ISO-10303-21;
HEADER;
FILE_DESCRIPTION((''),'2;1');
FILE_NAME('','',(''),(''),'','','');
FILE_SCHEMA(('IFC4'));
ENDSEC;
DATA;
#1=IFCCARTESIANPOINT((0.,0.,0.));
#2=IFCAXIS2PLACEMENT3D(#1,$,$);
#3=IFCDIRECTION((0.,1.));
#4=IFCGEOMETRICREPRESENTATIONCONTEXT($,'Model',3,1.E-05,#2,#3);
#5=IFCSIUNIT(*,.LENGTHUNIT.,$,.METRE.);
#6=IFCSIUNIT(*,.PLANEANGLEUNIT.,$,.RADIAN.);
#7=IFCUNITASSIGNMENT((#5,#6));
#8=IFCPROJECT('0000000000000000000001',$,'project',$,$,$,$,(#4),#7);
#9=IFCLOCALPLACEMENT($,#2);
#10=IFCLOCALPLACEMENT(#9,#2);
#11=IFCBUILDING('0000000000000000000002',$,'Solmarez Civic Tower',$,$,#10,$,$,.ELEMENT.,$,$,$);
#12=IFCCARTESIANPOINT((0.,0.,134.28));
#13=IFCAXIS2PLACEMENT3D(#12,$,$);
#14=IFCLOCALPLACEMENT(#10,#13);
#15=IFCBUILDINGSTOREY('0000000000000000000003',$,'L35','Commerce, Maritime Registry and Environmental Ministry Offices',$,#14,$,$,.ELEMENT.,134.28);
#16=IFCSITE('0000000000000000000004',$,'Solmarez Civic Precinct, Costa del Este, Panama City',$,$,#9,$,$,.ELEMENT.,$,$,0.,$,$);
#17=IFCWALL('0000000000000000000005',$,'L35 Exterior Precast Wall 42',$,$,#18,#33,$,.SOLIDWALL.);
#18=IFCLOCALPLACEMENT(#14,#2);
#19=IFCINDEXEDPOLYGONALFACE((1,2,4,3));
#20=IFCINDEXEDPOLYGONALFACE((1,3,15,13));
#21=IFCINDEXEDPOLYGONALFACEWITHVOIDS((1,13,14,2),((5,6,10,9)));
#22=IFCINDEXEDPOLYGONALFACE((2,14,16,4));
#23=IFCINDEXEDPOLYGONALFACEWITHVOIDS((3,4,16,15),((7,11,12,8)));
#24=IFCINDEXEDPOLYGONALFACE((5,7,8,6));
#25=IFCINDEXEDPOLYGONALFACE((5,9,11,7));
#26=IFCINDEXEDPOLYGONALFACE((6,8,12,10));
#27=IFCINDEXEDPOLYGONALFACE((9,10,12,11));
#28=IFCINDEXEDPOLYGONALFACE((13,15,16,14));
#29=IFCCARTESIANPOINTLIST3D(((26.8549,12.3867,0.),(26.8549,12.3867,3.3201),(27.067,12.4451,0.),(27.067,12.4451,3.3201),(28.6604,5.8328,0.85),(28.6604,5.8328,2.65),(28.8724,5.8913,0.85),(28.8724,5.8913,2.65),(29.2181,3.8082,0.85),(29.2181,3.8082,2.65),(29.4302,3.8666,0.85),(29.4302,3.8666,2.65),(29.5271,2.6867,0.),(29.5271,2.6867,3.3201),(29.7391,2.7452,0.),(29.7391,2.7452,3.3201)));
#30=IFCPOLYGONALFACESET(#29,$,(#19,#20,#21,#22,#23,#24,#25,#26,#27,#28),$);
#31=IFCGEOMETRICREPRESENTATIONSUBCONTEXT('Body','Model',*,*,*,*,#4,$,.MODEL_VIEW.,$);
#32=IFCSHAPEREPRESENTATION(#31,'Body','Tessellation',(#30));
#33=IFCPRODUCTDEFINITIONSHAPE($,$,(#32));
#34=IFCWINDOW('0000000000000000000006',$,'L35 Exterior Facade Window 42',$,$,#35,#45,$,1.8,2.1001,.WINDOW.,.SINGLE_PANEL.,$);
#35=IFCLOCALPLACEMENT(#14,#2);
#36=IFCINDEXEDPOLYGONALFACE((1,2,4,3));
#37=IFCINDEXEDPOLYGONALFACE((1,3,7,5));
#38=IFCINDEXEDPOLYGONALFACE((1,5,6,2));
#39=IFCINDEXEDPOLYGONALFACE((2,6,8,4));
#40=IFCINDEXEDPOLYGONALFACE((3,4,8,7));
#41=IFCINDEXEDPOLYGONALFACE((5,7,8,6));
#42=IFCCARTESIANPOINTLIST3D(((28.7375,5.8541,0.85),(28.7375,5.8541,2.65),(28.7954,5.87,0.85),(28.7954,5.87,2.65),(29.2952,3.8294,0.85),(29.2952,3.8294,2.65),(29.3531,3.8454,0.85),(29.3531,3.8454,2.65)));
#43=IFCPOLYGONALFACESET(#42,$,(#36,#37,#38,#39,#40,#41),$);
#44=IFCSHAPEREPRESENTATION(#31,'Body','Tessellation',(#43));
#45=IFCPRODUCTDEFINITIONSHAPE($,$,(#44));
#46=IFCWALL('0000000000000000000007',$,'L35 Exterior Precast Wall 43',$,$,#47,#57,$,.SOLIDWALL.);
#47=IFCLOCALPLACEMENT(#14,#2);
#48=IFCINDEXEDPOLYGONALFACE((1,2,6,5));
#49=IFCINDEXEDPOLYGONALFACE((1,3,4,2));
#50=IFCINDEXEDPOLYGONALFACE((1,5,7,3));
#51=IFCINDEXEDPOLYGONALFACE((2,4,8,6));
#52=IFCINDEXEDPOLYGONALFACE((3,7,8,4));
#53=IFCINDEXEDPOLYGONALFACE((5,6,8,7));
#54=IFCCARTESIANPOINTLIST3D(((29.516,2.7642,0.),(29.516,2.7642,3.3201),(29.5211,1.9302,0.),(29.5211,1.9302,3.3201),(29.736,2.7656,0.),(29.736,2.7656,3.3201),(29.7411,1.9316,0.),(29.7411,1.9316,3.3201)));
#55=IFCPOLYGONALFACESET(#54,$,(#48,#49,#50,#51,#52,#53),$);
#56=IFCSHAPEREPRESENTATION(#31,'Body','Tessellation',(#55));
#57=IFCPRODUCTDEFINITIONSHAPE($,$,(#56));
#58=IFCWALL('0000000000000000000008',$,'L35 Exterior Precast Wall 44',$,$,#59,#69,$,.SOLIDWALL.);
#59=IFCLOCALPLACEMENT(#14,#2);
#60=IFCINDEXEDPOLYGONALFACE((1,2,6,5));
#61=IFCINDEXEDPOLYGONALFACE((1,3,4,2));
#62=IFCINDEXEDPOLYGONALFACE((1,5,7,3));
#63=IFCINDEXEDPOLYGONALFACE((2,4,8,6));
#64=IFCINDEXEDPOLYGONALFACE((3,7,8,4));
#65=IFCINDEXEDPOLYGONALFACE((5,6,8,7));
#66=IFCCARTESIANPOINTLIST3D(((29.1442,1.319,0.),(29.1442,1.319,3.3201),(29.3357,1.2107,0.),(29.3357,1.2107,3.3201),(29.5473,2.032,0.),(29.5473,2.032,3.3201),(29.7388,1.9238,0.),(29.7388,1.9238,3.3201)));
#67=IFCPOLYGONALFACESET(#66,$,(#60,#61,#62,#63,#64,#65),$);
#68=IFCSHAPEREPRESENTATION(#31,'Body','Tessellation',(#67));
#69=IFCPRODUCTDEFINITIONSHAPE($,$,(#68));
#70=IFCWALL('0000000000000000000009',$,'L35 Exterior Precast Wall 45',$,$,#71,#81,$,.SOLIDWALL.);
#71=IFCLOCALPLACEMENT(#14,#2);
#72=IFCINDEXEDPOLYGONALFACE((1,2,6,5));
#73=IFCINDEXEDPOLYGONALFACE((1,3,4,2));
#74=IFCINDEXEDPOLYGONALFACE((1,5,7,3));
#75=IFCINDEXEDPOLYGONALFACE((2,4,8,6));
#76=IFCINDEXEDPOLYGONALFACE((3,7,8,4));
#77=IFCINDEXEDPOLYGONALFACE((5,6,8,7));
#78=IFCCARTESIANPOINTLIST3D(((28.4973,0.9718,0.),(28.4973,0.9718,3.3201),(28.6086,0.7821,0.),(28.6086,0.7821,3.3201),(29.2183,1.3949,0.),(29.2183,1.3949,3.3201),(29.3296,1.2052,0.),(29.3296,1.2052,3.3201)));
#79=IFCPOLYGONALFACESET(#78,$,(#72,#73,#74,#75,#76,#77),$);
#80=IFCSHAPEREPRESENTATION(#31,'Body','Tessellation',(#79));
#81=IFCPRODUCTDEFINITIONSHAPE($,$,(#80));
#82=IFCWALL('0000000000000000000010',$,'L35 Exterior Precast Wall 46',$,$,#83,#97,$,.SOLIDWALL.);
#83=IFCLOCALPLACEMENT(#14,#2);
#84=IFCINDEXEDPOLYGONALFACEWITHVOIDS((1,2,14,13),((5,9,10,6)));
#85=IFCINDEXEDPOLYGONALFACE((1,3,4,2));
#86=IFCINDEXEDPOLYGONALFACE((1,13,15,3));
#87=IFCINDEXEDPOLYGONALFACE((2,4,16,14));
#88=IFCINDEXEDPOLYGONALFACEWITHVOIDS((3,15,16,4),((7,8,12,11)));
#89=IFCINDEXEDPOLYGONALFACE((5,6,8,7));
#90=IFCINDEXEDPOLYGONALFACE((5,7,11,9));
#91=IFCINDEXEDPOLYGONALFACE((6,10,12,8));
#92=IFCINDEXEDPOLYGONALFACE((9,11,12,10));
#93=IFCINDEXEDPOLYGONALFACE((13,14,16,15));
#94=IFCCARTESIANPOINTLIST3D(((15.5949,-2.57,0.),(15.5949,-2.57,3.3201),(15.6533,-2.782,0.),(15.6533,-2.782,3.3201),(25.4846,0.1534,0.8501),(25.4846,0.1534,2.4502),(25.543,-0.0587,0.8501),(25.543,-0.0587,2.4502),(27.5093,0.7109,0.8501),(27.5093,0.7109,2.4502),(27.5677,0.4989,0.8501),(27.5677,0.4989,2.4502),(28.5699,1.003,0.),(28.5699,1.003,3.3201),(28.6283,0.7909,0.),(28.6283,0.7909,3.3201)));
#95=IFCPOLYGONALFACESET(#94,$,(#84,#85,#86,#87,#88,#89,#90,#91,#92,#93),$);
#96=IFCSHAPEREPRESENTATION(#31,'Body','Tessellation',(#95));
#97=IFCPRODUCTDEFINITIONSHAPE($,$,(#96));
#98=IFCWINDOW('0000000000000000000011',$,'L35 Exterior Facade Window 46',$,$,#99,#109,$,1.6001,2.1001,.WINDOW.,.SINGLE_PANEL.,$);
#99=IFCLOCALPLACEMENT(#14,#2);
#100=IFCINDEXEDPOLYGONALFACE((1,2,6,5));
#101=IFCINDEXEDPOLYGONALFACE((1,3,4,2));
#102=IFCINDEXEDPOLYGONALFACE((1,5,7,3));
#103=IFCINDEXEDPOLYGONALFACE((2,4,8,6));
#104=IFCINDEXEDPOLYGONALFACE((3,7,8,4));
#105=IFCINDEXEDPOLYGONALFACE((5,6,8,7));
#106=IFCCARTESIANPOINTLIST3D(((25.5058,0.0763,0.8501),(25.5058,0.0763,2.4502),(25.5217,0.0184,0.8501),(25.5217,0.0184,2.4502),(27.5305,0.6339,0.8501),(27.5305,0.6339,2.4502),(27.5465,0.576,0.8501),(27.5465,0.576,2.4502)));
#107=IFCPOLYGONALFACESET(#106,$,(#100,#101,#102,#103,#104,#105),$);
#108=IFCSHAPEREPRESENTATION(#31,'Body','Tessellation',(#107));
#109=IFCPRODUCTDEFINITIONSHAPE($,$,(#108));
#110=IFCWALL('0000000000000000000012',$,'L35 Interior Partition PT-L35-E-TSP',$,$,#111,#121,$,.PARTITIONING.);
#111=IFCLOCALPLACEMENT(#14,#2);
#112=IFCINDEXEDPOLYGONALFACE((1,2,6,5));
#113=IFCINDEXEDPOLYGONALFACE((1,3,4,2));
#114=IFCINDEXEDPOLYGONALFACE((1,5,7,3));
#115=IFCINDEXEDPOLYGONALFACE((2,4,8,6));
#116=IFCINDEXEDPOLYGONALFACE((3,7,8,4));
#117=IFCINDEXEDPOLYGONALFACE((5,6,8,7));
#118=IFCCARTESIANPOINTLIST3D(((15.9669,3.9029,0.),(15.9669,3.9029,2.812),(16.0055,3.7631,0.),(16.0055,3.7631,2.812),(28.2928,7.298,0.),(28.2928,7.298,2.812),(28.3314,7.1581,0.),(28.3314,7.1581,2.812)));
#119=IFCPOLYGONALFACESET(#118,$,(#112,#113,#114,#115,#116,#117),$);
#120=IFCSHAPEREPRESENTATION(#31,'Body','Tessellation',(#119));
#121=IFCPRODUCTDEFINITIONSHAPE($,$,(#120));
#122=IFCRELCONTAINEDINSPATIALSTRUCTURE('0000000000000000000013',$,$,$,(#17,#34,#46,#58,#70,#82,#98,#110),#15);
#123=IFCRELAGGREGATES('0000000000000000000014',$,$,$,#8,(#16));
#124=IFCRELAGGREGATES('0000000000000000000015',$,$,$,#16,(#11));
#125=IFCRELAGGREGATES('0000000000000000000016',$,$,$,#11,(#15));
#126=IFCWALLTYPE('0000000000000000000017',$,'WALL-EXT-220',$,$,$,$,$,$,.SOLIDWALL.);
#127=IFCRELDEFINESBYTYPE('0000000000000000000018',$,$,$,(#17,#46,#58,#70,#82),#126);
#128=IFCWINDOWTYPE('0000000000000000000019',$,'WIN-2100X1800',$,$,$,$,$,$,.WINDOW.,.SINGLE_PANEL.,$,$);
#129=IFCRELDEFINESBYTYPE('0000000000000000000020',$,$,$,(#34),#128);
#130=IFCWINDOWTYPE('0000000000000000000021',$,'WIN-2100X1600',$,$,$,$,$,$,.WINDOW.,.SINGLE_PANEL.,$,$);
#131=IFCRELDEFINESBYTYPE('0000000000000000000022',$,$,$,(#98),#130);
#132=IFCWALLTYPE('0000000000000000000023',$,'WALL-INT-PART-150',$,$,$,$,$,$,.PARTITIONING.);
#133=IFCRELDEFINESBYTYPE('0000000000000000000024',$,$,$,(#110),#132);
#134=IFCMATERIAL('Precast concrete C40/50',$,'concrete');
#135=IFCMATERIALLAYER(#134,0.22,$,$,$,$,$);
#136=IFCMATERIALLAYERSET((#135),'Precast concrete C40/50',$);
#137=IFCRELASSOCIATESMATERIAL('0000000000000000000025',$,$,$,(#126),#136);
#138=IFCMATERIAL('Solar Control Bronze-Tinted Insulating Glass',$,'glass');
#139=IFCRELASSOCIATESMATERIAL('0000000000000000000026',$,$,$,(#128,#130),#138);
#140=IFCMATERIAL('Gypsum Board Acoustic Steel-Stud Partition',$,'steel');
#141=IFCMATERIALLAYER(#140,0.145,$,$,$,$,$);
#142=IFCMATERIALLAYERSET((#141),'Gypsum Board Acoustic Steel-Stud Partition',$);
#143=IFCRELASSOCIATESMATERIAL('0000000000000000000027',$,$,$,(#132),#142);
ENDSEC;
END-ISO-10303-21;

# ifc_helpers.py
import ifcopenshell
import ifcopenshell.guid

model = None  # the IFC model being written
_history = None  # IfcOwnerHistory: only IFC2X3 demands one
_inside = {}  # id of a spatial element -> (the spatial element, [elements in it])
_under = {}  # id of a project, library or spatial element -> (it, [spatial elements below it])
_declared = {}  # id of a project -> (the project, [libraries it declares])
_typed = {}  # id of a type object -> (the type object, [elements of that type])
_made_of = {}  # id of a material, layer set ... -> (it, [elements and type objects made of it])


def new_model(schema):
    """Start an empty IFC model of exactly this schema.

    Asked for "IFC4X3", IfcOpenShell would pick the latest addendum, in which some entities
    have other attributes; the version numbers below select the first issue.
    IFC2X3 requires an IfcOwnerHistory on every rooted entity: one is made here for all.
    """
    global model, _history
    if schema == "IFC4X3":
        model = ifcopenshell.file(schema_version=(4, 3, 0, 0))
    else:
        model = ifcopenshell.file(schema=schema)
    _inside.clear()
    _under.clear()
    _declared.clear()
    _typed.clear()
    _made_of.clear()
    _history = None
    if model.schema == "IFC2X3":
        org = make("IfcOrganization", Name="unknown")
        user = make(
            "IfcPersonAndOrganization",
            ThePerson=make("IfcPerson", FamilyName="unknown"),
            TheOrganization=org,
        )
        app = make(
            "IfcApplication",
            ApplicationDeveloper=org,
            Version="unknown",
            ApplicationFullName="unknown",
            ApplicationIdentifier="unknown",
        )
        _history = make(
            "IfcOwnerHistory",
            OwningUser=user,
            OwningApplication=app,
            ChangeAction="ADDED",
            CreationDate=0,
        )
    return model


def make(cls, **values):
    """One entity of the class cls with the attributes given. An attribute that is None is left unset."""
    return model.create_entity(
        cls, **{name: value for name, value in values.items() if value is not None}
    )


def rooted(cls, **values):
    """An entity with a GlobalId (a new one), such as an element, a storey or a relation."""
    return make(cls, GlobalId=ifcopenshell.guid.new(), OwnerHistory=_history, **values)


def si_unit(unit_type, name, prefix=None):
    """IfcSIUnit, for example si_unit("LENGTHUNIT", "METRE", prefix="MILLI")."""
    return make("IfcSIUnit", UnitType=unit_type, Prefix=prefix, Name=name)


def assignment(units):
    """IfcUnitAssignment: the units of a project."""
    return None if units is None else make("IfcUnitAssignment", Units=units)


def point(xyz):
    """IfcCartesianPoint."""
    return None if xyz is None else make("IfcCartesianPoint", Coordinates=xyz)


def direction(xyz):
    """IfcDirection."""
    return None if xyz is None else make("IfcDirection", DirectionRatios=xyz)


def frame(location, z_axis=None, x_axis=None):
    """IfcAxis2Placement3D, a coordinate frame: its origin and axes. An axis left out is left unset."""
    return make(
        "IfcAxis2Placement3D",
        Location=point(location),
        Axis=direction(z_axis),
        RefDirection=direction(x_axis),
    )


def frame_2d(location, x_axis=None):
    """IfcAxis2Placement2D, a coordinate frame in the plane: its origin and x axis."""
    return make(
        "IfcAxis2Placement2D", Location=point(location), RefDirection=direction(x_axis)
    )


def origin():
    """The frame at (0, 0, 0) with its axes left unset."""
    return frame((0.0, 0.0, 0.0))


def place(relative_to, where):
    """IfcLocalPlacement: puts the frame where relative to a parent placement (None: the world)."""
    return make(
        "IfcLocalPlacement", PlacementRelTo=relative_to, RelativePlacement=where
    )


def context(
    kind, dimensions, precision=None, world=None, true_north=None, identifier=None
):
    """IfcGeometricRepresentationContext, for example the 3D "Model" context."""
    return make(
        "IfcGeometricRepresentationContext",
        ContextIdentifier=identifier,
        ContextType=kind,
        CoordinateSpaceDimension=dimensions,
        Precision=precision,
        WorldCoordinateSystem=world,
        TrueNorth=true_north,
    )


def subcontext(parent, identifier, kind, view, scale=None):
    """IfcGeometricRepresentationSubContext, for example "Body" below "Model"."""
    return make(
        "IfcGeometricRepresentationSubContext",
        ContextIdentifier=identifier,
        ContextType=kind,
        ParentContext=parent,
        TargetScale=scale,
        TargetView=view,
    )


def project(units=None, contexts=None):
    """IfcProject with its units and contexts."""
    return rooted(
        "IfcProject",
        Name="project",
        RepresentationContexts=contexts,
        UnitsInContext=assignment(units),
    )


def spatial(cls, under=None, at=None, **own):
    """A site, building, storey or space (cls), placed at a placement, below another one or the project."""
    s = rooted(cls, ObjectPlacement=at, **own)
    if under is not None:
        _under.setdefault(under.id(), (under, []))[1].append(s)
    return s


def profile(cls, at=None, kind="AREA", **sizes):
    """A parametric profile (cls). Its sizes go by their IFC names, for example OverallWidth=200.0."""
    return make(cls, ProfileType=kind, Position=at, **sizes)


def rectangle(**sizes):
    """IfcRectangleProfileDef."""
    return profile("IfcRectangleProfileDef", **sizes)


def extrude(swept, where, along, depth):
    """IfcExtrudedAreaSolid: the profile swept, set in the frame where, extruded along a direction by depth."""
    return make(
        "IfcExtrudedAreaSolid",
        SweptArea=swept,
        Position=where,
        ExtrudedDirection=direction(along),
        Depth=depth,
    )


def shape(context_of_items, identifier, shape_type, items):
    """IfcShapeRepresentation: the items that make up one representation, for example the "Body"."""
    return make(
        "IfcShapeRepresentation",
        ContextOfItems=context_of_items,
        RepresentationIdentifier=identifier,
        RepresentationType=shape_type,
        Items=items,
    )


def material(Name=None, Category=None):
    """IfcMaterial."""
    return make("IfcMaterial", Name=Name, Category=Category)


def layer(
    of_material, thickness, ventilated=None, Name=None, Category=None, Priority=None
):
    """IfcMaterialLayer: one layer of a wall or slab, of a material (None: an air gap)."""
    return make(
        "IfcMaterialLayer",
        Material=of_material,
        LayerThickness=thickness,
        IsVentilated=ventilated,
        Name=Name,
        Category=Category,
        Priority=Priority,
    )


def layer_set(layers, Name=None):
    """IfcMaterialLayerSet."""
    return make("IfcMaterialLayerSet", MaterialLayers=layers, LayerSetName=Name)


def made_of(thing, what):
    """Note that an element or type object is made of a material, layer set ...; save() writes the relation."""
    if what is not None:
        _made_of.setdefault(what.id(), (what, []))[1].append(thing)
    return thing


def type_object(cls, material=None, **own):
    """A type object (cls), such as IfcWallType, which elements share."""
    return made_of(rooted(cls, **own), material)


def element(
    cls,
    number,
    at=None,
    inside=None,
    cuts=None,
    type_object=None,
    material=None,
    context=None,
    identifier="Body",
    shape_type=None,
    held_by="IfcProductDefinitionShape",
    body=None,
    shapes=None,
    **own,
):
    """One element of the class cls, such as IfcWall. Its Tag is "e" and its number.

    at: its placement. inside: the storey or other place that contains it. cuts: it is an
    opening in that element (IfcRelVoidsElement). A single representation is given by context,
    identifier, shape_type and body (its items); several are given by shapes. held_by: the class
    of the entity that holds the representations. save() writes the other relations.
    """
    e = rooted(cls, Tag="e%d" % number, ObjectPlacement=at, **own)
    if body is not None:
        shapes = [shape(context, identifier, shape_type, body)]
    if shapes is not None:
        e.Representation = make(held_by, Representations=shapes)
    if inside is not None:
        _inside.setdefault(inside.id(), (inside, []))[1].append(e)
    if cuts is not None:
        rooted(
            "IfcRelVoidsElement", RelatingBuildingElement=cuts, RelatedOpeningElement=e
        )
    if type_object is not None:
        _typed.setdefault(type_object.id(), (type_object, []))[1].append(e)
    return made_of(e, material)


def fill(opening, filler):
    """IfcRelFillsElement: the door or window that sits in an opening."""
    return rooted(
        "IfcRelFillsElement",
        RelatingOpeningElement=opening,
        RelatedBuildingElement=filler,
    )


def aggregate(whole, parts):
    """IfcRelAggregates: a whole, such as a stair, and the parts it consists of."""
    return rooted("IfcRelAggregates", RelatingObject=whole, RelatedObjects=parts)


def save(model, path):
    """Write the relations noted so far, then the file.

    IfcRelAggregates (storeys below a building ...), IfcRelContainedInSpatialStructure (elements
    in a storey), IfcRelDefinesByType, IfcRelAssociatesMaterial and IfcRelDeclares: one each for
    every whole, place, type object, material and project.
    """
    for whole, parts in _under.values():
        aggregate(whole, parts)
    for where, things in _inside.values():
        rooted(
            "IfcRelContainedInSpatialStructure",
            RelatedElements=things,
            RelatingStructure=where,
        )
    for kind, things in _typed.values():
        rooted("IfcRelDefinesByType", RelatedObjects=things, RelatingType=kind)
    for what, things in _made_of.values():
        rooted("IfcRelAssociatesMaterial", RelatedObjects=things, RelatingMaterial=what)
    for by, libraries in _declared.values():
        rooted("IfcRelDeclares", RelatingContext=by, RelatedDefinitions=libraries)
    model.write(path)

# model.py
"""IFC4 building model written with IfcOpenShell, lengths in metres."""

from ifc_helpers import new_model, si_unit, direction, frame, frame_2d, origin, place, context, subcontext, project, spatial, rectangle, extrude, material, layer, layer_set, type_object, element, fill, save


model = new_model("IFC4")

# Units and contexts
model_context = context("Model", 3, precision=1e-05, world=origin(), true_north=direction((0.0, 1.0)))
body_context = subcontext(model_context, "Body", "Model", "MODEL_VIEW")
ifc_project = project(units=[si_unit("LENGTHUNIT", "METRE"), si_unit("PLANEANGLEUNIT", "RADIAN")], contexts=[model_context])

# Site, building, storey
site_placement = place(None, origin())
site = spatial("IfcSite", under=ifc_project, at=site_placement, Name="Solmarez Civic Precinct, Costa del Este, Panama City", CompositionType="ELEMENT", RefElevation=0.0)
building_placement = place(site_placement, origin())
building = spatial("IfcBuilding", under=site, at=building_placement, Name="Solmarez Civic Tower", CompositionType="ELEMENT")
storey_placement = place(building_placement, frame((0.0, 0.0, 134.28)))
storey = spatial("IfcBuildingStorey", under=building, at=storey_placement, Name="L35", Description="Commerce, Maritime Registry and Environmental Ministry Offices", CompositionType="ELEMENT", Elevation=134.28)

# Shared definitions
ifc_material_1 = material(Name="Precast concrete C40/50", Category="concrete")
ifc_layer_1 = layer(ifc_material_1, 0.22)
ifc_layer_set_1 = layer_set([ifc_layer_1], Name="Precast concrete C40/50")
wall_type_1 = type_object("IfcWallType", Name="WALL-EXT-220", PredefinedType="SOLIDWALL", material=ifc_layer_set_1)

# Wall, opening, window
wall_1_placement = place(storey_placement, frame((26.9609, 12.416, 0.0), z_axis=(0.0, 0.0, 1.0), x_axis=(0.265585, -0.964088, 0.0)))
wall_1 = element("IfcWall", 1, at=wall_1_placement, inside=storey, type_object=wall_type_1, Name="L35 Exterior Precast Wall 42", PredefinedType="SOLIDWALL", context=body_context, shape_type="SweptSolid", body=[
    extrude(rectangle(XDim=10.0613, YDim=0.22, at=frame_2d((5.0308, 0.0))), origin(), (0.0, 0.0, 1.0), 3.3201),
])
opening_1_placement = place(wall_1_placement, frame((6.7981, 0.0, 0.8501)))
opening_1 = element("IfcOpeningElement", 2, at=opening_1_placement, cuts=wall_1, PredefinedType="OPENING", context=body_context, shape_type="SweptSolid", body=[
    extrude(rectangle(XDim=2.1001, YDim=1.8, at=frame_2d((1.05, 0.8999))), frame((0.0, 0.1199, 0.0), z_axis=(0.0, -1.0, 0.0), x_axis=(1.0, 0.0, 0.0)), (0.0, 0.0, 1.0), 0.24),
])
ifc_material_2 = material(Name="Solar Control Bronze-Tinted Insulating Glass", Category="glass")
window_type_1 = type_object("IfcWindowType", Name="WIN-2100X1800", PartitioningType="SINGLE_PANEL", PredefinedType="WINDOW", material=ifc_material_2)
window_1_placement = place(opening_1_placement, origin())
window_1 = element("IfcWindow", 3, at=window_1_placement, inside=storey, type_object=window_type_1, Name="L35 Exterior Facade Window 42", OverallHeight=1.8, OverallWidth=2.1001, PartitioningType="SINGLE_PANEL", PredefinedType="WINDOW", context=body_context, shape_type="SweptSolid", body=[
    extrude(rectangle(XDim=2.1001, YDim=1.8, at=frame_2d((1.05, 0.8999))), frame((0.0, 0.03, 0.0), z_axis=(0.0, -1.0, 0.0), x_axis=(1.0, 0.0, 0.0)), (0.0, 0.0, 1.0), 0.0601),
])
fill(opening_1, window_1)

# Walls
wall_2_placement = place(storey_placement, frame((29.626, 2.7649, 0.0), z_axis=(0.0, 0.0, 1.0), x_axis=(0.006147, -0.999981, 0.0)))
element("IfcWall", 4, at=wall_2_placement, inside=storey, type_object=wall_type_1, Name="L35 Exterior Precast Wall 43", PredefinedType="SOLIDWALL", context=body_context, shape_type="SweptSolid", body=[
    extrude(rectangle(XDim=0.834, YDim=0.22, at=frame_2d((0.417, 0.0))), origin(), (0.0, 0.0, 1.0), 3.3201),
])
wall_3_placement = place(storey_placement, frame((29.6431, 1.978, 0.0), z_axis=(0.0, 0.0, 1.0), x_axis=(-0.492057, -0.870563, 0.0)))
element("IfcWall", 5, at=wall_3_placement, inside=storey, type_object=wall_type_1, Name="L35 Exterior Precast Wall 44", PredefinedType="SOLIDWALL", context=body_context, shape_type="SweptSolid", body=[
    extrude(rectangle(XDim=0.8191, YDim=0.22, at=frame_2d((0.4097, 0.0))), origin(), (0.0, 0.0, 1.0), 3.3201),
])
wall_4_placement = place(storey_placement, frame((29.2739, 1.3, 0.0), z_axis=(0.0, 0.0, 1.0), x_axis=(-0.862452, -0.506139, 0.0)))
element("IfcWall", 6, at=wall_4_placement, inside=storey, type_object=wall_type_1, Name="L35 Exterior Precast Wall 45", PredefinedType="SOLIDWALL", context=body_context, shape_type="SweptSolid", body=[
    extrude(rectangle(XDim=0.8359, YDim=0.22, at=frame_2d((0.418, 0.0))), origin(), (0.0, 0.0, 1.0), 3.3201),
])

# Wall, opening, window
wall_5_placement = place(storey_placement, frame((28.5991, 0.897, 0.0), z_axis=(0.0, 0.0, 1.0), x_axis=(-0.964113, -0.265491, 0.0)))
wall_5 = element("IfcWall", 7, at=wall_5_placement, inside=storey, type_object=wall_type_1, Name="L35 Exterior Precast Wall 46", PredefinedType="SOLIDWALL", context=body_context, shape_type="SweptSolid", body=[
    extrude(rectangle(XDim=13.458, YDim=0.22, at=frame_2d((6.729, 0.0))), origin(), (0.0, 0.0, 1.0), 3.3201),
])
opening_2_placement = place(wall_5_placement, frame((1.1001, 0.0, 0.8501)))
opening_2 = element("IfcOpeningElement", 8, at=opening_2_placement, cuts=wall_5, PredefinedType="OPENING", context=body_context, shape_type="SweptSolid", body=[
    extrude(rectangle(XDim=2.1001, YDim=1.6001, at=frame_2d((1.05, 0.8))), frame((0.0, 0.1199, 0.0), z_axis=(0.0, -1.0, 0.0), x_axis=(1.0, 0.0, 0.0)), (0.0, 0.0, 1.0), 0.24),
])
window_type_2 = type_object("IfcWindowType", Name="WIN-2100X1600", PartitioningType="SINGLE_PANEL", PredefinedType="WINDOW", material=ifc_material_2)
window_2_placement = place(opening_2_placement, origin())
window_2 = element("IfcWindow", 9, at=window_2_placement, inside=storey, type_object=window_type_2, Name="L35 Exterior Facade Window 46", OverallHeight=1.6001, OverallWidth=2.1001, PartitioningType="SINGLE_PANEL", PredefinedType="WINDOW", context=body_context, shape_type="SweptSolid", body=[
    extrude(rectangle(XDim=2.1001, YDim=1.6001, at=frame_2d((1.05, 0.8))), frame((0.0, 0.03, 0.0), z_axis=(0.0, -1.0, 0.0), x_axis=(1.0, 0.0, 0.0)), (0.0, 0.0, 1.0), 0.0601),
])
fill(opening_2, window_2)

# Wall
ifc_material_3 = material(Name="Gypsum Board Acoustic Steel-Stud Partition", Category="steel")
ifc_layer_2 = layer(ifc_material_3, 0.145)
ifc_layer_set_2 = layer_set([ifc_layer_2], Name="Gypsum Board Acoustic Steel-Stud Partition")
wall_type_2 = type_object("IfcWallType", Name="WALL-INT-PART-150", PredefinedType="PARTITIONING", material=ifc_layer_set_2)
wall_6_placement = place(storey_placement, frame((15.9861, 3.833, 0.0), z_axis=(0.0, 0.0, 1.0), x_axis=(0.964098, 0.265548, 0.0)))
element("IfcWall", 10, at=wall_6_placement, inside=storey, type_object=wall_type_2, Name="L35 Interior Partition PT-L35-E-TSP", PredefinedType="PARTITIONING", context=body_context, shape_type="SweptSolid", body=[
    extrude(rectangle(XDim=12.7849, YDim=0.145, at=frame_2d((6.3926, 0.0))), origin(), (0.0, 0.0, 1.0), 2.812),
])

save(model, "model.ifc")
